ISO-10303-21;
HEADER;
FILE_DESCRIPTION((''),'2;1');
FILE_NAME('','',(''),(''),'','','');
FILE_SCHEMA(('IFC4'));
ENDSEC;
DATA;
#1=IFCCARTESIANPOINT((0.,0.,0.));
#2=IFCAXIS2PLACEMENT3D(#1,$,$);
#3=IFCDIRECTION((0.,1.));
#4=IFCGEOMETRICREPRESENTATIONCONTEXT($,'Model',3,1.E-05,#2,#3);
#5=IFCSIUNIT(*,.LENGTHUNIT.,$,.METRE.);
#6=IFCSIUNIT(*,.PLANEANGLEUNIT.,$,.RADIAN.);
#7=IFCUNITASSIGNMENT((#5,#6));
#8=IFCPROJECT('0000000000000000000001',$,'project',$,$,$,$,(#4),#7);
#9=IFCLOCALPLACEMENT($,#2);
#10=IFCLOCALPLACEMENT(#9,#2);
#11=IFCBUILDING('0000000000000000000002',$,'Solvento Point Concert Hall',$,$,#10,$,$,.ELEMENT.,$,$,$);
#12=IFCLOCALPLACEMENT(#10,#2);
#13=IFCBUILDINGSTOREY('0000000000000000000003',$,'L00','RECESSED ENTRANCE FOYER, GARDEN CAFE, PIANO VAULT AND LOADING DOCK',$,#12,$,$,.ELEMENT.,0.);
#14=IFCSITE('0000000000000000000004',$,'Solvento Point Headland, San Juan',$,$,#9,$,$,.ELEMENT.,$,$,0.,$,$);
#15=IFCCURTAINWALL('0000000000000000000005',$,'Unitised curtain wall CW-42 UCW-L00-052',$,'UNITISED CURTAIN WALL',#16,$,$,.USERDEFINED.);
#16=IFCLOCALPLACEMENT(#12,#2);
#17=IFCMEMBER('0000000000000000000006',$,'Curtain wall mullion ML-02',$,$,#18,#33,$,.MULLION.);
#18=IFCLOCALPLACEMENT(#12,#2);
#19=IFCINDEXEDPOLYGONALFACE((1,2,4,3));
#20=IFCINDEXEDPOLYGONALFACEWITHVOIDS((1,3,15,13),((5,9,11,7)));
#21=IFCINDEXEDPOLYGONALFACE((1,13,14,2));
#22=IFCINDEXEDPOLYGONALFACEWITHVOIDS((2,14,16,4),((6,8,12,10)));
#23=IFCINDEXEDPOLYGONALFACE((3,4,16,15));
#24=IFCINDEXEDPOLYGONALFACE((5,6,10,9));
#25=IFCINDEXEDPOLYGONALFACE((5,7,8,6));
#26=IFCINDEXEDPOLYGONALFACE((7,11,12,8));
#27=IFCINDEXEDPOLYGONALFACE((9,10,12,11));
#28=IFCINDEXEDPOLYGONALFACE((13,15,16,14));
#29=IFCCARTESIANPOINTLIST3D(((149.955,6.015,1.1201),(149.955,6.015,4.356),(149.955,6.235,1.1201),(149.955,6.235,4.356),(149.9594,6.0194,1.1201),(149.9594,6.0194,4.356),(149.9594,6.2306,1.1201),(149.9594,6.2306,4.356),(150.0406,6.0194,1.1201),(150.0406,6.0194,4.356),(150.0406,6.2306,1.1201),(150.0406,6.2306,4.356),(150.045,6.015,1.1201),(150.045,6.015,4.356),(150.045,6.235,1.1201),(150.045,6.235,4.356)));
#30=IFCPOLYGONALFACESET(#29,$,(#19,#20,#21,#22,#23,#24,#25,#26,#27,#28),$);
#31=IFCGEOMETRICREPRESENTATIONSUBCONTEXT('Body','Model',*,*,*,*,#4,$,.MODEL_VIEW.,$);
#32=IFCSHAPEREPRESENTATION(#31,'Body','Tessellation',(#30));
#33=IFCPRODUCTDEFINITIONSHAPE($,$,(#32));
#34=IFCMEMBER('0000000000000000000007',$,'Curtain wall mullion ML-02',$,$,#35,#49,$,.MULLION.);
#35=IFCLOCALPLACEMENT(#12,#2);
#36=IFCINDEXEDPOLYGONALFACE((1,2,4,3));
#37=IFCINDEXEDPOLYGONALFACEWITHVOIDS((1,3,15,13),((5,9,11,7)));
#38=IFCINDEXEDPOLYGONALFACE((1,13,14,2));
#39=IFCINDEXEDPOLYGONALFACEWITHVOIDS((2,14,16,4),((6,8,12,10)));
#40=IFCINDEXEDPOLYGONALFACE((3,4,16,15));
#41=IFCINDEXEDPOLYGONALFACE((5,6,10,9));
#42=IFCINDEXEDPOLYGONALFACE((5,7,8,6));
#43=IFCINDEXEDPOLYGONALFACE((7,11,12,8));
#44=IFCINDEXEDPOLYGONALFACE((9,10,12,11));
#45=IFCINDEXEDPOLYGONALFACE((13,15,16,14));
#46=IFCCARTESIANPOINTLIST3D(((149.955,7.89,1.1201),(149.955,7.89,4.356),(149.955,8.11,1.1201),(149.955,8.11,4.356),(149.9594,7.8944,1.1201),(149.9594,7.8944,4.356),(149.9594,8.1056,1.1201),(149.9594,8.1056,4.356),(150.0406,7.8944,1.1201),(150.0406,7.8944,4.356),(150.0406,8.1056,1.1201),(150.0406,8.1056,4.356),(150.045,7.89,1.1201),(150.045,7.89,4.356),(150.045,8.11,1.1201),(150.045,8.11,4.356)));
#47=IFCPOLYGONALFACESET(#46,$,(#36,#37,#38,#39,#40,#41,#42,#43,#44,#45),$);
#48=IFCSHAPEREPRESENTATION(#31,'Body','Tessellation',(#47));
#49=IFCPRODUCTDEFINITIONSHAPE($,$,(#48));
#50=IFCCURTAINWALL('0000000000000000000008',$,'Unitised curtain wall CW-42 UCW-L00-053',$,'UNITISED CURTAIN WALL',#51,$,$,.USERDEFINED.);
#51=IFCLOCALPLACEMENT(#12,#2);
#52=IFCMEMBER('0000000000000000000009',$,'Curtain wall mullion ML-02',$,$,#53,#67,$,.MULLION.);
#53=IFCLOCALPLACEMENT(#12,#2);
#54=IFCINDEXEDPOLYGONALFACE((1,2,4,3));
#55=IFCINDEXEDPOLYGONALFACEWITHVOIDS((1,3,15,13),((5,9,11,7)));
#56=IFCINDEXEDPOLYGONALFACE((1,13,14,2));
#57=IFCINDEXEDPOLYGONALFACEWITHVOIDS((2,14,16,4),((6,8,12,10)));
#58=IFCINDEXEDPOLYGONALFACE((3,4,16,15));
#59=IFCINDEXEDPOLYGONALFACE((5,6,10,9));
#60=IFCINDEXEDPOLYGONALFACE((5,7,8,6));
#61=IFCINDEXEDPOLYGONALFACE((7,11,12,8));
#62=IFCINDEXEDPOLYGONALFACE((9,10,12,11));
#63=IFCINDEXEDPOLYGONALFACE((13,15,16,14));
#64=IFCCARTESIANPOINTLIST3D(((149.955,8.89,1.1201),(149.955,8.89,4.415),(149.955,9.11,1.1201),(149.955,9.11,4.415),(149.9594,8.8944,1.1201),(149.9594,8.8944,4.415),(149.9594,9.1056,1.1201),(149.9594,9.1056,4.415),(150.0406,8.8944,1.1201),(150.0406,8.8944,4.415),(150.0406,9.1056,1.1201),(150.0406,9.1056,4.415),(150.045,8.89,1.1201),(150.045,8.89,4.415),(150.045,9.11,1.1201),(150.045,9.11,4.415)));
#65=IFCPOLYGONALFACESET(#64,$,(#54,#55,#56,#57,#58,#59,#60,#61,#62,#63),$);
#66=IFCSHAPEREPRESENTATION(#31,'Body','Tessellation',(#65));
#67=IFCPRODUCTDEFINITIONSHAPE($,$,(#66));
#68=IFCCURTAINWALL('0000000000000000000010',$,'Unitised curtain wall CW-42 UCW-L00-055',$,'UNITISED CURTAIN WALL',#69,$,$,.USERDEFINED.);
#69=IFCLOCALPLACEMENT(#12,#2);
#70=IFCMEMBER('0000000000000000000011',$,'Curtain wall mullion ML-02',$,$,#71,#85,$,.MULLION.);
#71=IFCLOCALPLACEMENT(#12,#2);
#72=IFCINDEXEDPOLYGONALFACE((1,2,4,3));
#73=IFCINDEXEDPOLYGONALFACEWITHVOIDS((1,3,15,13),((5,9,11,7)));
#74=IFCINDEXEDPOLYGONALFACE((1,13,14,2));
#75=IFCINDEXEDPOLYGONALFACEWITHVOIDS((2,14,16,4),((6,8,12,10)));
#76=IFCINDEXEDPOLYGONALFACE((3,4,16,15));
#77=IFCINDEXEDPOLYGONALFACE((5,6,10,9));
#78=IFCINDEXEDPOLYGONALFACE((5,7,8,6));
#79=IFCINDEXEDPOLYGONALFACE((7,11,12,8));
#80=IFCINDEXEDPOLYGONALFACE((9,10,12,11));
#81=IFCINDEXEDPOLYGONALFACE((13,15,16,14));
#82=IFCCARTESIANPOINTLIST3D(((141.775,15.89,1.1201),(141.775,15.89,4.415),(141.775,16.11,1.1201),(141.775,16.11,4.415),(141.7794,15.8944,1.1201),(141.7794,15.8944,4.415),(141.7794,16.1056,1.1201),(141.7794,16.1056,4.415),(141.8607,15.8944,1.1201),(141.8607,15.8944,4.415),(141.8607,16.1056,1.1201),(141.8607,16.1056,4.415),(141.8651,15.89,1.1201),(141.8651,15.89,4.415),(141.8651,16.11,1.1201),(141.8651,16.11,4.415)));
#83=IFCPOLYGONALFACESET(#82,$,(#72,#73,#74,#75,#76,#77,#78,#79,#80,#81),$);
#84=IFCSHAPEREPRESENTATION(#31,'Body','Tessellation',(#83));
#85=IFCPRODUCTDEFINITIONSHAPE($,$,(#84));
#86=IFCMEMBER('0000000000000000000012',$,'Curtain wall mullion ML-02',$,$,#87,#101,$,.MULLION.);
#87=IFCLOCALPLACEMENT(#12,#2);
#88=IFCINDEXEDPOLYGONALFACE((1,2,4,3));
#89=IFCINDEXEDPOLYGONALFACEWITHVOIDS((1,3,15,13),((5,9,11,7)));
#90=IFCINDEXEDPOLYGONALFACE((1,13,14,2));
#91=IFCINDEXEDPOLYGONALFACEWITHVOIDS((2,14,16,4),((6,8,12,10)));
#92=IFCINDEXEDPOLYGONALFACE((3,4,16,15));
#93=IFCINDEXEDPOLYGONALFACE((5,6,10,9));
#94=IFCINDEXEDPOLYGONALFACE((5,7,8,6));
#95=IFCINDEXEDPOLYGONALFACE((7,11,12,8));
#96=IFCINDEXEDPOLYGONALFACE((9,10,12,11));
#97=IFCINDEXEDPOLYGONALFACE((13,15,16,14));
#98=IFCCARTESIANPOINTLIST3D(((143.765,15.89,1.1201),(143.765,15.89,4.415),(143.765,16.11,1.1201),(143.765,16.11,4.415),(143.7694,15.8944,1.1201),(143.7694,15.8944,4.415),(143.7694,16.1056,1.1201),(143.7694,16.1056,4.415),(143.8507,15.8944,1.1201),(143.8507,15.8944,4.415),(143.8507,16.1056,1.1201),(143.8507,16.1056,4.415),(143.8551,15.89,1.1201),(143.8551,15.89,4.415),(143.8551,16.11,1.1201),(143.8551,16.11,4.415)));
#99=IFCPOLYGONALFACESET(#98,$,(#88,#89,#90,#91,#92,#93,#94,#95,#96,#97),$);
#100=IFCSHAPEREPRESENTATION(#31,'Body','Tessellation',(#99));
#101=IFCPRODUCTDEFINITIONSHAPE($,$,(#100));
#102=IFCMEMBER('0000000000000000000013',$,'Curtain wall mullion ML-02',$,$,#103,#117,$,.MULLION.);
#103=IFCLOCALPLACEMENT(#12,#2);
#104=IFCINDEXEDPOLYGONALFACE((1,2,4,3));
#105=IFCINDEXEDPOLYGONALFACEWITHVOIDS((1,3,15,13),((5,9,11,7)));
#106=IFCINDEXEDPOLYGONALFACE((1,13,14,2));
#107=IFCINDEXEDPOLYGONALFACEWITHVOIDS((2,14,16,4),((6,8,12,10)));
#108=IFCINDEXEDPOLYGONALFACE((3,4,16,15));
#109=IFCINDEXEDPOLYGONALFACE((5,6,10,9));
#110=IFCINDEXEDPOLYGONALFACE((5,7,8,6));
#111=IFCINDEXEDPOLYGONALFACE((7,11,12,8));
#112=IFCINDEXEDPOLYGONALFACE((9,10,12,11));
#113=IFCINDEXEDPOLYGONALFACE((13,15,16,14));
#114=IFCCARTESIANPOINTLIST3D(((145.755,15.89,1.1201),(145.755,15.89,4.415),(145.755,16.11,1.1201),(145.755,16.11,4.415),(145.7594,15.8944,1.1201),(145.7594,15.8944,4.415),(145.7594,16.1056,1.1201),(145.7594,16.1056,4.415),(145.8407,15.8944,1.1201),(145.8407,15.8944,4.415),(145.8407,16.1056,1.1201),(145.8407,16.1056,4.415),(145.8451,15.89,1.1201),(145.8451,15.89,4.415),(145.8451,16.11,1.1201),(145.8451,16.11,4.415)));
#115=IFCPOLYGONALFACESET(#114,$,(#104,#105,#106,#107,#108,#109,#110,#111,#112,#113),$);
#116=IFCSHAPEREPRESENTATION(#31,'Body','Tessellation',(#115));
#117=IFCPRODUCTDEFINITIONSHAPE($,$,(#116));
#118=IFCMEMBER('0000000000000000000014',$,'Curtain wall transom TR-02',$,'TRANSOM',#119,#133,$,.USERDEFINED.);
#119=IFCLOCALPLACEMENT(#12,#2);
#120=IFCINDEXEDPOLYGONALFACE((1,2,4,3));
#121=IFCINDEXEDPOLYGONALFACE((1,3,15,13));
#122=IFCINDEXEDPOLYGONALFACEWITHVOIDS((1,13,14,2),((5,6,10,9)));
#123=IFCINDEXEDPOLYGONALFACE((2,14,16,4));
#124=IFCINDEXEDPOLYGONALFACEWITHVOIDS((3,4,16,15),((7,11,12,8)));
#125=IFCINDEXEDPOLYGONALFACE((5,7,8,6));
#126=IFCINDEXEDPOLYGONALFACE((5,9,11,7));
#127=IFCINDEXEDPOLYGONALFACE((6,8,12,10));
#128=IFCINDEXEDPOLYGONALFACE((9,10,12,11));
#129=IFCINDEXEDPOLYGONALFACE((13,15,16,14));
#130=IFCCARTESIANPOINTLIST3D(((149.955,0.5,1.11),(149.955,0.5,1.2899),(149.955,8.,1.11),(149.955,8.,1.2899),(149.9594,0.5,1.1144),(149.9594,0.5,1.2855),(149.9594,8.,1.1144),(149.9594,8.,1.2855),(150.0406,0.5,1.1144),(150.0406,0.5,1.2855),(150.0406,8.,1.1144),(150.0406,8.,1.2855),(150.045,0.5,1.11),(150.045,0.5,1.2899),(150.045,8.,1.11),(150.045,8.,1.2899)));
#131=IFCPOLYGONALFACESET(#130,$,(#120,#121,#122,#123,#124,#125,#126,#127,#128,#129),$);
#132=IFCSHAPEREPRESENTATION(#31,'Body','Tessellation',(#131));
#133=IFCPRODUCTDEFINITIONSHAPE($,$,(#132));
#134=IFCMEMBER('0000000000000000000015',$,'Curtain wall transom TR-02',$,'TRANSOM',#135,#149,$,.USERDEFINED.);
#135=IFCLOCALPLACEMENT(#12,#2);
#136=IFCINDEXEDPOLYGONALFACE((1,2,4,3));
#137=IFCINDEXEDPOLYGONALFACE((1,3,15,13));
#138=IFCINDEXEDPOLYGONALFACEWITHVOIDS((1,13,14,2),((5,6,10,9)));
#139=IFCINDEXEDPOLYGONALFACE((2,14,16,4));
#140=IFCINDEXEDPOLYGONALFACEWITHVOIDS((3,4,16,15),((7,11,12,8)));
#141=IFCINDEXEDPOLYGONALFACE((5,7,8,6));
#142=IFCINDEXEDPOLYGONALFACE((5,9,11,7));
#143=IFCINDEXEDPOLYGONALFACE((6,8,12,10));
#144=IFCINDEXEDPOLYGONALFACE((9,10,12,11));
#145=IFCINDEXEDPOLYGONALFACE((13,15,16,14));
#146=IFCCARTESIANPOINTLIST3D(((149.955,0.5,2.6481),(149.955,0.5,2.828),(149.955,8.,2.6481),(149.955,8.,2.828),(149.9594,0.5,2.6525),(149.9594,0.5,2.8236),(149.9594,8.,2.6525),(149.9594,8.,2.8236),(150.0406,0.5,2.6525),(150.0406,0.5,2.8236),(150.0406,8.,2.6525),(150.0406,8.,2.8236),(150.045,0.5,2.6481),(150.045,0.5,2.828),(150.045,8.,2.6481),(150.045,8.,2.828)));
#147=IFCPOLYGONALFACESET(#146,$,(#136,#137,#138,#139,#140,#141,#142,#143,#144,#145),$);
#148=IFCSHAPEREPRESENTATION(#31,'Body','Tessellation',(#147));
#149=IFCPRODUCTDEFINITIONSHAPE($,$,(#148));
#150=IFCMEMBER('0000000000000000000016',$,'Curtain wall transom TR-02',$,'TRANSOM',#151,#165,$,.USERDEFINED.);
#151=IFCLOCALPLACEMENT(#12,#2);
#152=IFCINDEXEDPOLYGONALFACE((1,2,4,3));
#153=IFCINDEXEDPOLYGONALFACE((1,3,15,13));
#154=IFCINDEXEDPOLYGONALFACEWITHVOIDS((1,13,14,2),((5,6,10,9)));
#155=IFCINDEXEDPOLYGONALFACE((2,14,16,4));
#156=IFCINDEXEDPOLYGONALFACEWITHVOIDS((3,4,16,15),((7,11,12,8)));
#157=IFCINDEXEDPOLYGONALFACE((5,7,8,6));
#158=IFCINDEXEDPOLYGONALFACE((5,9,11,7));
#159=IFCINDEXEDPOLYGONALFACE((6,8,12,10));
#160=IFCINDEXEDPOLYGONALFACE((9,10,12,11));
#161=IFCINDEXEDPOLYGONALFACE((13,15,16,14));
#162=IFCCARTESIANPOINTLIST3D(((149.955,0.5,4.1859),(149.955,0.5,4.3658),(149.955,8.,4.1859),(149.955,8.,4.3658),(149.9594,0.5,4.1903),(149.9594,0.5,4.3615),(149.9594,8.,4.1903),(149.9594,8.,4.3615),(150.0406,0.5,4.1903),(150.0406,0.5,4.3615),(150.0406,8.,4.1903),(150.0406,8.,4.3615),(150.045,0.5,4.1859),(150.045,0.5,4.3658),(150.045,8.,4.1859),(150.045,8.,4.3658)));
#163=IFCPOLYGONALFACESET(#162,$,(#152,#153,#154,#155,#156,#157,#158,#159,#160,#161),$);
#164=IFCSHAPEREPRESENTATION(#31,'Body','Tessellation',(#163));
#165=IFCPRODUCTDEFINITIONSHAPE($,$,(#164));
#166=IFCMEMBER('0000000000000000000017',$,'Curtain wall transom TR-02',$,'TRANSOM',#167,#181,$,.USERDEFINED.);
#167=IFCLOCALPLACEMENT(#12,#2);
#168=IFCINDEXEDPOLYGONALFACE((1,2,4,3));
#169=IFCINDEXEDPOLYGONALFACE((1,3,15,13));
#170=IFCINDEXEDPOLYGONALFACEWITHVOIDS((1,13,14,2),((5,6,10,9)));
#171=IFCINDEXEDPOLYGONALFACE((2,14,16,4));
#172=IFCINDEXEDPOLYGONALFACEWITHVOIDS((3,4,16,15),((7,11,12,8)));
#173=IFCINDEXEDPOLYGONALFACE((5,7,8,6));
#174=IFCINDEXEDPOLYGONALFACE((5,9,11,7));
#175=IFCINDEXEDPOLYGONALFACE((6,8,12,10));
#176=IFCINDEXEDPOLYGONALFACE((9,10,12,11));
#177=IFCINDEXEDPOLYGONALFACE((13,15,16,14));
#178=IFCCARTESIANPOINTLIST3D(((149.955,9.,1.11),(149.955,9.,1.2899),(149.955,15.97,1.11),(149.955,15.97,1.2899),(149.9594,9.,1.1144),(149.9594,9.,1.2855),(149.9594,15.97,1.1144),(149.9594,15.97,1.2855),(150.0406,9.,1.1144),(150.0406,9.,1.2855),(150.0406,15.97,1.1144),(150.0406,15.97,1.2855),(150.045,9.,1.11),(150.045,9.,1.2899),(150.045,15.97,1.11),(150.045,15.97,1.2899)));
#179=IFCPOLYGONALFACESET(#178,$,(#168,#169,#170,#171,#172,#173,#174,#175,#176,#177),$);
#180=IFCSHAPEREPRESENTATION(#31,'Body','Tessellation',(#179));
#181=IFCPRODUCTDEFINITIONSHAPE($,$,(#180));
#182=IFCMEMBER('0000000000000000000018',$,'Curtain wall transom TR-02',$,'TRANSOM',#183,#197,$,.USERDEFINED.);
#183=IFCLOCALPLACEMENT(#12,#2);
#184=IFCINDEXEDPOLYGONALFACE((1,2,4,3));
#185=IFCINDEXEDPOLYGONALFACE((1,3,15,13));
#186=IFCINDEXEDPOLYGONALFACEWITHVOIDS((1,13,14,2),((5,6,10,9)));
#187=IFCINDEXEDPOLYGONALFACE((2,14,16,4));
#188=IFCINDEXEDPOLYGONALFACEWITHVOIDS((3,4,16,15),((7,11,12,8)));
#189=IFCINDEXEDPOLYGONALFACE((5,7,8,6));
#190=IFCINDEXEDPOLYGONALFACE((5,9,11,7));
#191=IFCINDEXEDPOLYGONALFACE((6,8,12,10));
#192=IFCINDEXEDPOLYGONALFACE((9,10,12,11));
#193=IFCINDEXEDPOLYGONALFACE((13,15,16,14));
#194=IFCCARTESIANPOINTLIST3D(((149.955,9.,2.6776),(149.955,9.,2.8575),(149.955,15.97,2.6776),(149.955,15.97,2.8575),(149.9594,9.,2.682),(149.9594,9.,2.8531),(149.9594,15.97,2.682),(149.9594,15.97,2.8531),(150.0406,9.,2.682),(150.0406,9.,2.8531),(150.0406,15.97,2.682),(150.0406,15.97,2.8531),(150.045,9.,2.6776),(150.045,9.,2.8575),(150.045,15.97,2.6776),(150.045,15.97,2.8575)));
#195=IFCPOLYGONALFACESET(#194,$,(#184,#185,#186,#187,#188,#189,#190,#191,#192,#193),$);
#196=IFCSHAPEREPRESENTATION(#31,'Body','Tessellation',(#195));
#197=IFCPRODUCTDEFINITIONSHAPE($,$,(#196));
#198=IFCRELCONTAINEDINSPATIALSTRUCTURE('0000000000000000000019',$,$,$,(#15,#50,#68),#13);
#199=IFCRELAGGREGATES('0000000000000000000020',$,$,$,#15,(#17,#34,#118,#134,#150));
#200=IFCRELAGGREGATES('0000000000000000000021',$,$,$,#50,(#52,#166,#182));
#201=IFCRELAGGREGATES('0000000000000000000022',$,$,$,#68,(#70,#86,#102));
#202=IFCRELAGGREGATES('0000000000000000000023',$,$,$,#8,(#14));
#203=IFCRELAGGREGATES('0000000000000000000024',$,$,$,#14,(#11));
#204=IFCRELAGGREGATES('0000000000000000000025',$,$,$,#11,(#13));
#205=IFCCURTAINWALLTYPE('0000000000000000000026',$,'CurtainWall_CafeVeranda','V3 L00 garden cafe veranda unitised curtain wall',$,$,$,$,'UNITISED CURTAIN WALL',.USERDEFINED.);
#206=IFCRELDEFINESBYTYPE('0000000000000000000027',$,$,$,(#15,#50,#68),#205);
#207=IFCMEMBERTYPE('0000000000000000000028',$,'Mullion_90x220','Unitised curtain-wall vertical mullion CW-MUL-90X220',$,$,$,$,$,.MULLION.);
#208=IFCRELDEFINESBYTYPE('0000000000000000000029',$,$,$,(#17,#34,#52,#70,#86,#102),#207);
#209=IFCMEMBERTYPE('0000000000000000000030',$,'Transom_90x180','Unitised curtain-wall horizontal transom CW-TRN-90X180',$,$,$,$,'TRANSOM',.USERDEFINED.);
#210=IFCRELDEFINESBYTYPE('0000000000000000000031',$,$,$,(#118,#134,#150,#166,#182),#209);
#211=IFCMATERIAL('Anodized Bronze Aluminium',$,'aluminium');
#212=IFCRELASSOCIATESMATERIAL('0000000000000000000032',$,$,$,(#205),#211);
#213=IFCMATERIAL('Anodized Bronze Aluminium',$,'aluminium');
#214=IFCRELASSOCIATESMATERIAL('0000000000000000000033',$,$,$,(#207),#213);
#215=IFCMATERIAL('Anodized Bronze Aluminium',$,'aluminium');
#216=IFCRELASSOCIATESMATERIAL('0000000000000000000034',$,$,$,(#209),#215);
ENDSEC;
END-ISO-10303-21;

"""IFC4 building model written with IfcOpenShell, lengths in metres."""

from ifc_helpers import new_model, si_unit, direction, frame, origin, origin_2d, place, context, subcontext, project, spatial, hollow_rectangle, extrude, material, material_profile, profile_set, type_object, element, aggregate, save


model = new_model("IFC4")

# Units and contexts
model_context = context("Model", 3, precision=1e-05, world=origin(), true_north=direction((0.0, 1.0)))
body_context = subcontext(model_context, "Body", "Model", "MODEL_VIEW")
ifc_project = project(units=[si_unit("LENGTHUNIT", "METRE"), si_unit("PLANEANGLEUNIT", "RADIAN")], contexts=[model_context])

# Site, building, storey
site_placement = place(None, origin())
site = spatial("IfcSite", under=ifc_project, at=site_placement, Name="Solvento Point Headland, San Juan", CompositionType="ELEMENT", RefElevation=0.0)
building_placement = place(site_placement, origin())
building = spatial("IfcBuilding", under=site, at=building_placement, Name="Solvento Point Concert Hall", CompositionType="ELEMENT")
storey_placement = place(building_placement, origin())
storey = spatial("IfcBuildingStorey", under=building, at=storey_placement, Name="L00", Description="RECESSED ENTRANCE FOYER, GARDEN CAFE, PIANO VAULT AND LOADING DOCK", CompositionType="ELEMENT", Elevation=0.0)

# Curtain wall, members
ifc_material_1 = material(Name="Anodized Bronze Aluminium", Category="aluminium")
curtain_wall_type = type_object("IfcCurtainWallType", Name="CurtainWall_CafeVeranda", Description="V3 L00 garden cafe veranda unitised curtain wall", ElementType="UNITISED CURTAIN WALL", PredefinedType="USERDEFINED", material=ifc_material_1)
curtain_wall_1_placement = place(storey_placement, origin())
curtain_wall_1 = element("IfcCurtainWall", 1, at=curtain_wall_1_placement, inside=storey, type_object=curtain_wall_type, Name="Unitised curtain wall CW-42 UCW-L00-052", ObjectType="UNITISED CURTAIN WALL", PredefinedType="USERDEFINED")
ifc_material_2 = material(Name="Anodized Bronze Aluminium", Category="aluminium")
ifc_material_profile_1 = material_profile(ifc_material_2, hollow_rectangle(XDim=0.0901, YDim=0.22, WallThickness=0.0044, at=origin_2d()), Name="CW-MUL-90X220")
ifc_profile_set_1 = profile_set([ifc_material_profile_1], Name="Anodized Bronze Aluminium")
member_type_1 = type_object("IfcMemberType", Name="Mullion_90x220", Description="Unitised curtain-wall vertical mullion CW-MUL-90X220", PredefinedType="MULLION", material=ifc_profile_set_1)
member_1_placement = place(storey_placement, frame((150.0, 6.125, 1.1201), z_axis=(0.0, 0.0, 1.0), x_axis=(1.0, 0.0, 0.0)))
member_1 = element("IfcMember", 2, at=member_1_placement, type_object=member_type_1, Name="Curtain wall mullion ML-02", PredefinedType="MULLION", context=body_context, shape_type="SweptSolid", body=[
    extrude(hollow_rectangle(XDim=0.0901, YDim=0.22, WallThickness=0.0044, at=origin_2d()), origin(), (0.0, 0.0, 1.0), 3.2358),
])
member_2_placement = place(storey_placement, frame((150.0, 8.0, 1.1201), z_axis=(0.0, 0.0, 1.0), x_axis=(1.0, 0.0, 0.0)))
member_2 = element("IfcMember", 3, at=member_2_placement, type_object=member_type_1, Name="Curtain wall mullion ML-02", PredefinedType="MULLION", context=body_context, shape_type="SweptSolid", body=[
    extrude(hollow_rectangle(XDim=0.0901, YDim=0.22, WallThickness=0.0044, at=origin_2d()), origin(), (0.0, 0.0, 1.0), 3.2358),
])

# Curtain wall, member
curtain_wall_2_placement = place(storey_placement, origin())
curtain_wall_2 = element("IfcCurtainWall", 4, at=curtain_wall_2_placement, inside=storey, type_object=curtain_wall_type, Name="Unitised curtain wall CW-42 UCW-L00-053", ObjectType="UNITISED CURTAIN WALL", PredefinedType="USERDEFINED")
member_3_placement = place(storey_placement, frame((150.0, 9.0, 1.1201), z_axis=(0.0, 0.0, 1.0), x_axis=(1.0, 0.0, 0.0)))
member_3 = element("IfcMember", 5, at=member_3_placement, type_object=member_type_1, Name="Curtain wall mullion ML-02", PredefinedType="MULLION", context=body_context, shape_type="SweptSolid", body=[
    extrude(hollow_rectangle(XDim=0.0901, YDim=0.22, WallThickness=0.0044, at=origin_2d()), origin(), (0.0, 0.0, 1.0), 3.2949),
])

# Curtain wall, members
curtain_wall_3_placement = place(storey_placement, origin())
curtain_wall_3 = element("IfcCurtainWall", 6, at=curtain_wall_3_placement, inside=storey, type_object=curtain_wall_type, Name="Unitised curtain wall CW-42 UCW-L00-055", ObjectType="UNITISED CURTAIN WALL", PredefinedType="USERDEFINED")
member_4_placement = place(storey_placement, frame((141.8201, 16.0, 1.1201), z_axis=(0.0, 0.0, 1.0), x_axis=(1.0, 0.0, 0.0)))
member_4 = element("IfcMember", 7, at=member_4_placement, type_object=member_type_1, Name="Curtain wall mullion ML-02", PredefinedType="MULLION", context=body_context, shape_type="SweptSolid", body=[
    extrude(hollow_rectangle(XDim=0.0901, YDim=0.22, WallThickness=0.0044, at=origin_2d()), origin(), (0.0, 0.0, 1.0), 3.2949),
])
member_5_placement = place(storey_placement, frame((143.8101, 16.0, 1.1201), z_axis=(0.0, 0.0, 1.0), x_axis=(1.0, 0.0, 0.0)))
member_5 = element("IfcMember", 8, at=member_5_placement, type_object=member_type_1, Name="Curtain wall mullion ML-02", PredefinedType="MULLION", context=body_context, shape_type="SweptSolid", body=[
    extrude(hollow_rectangle(XDim=0.0901, YDim=0.22, WallThickness=0.0044, at=origin_2d()), origin(), (0.0, 0.0, 1.0), 3.2949),
])
member_6_placement = place(storey_placement, frame((145.8, 16.0, 1.1201), z_axis=(0.0, 0.0, 1.0), x_axis=(1.0, 0.0, 0.0)))
member_6 = element("IfcMember", 9, at=member_6_placement, type_object=member_type_1, Name="Curtain wall mullion ML-02", PredefinedType="MULLION", context=body_context, shape_type="SweptSolid", body=[
    extrude(hollow_rectangle(XDim=0.0901, YDim=0.22, WallThickness=0.0044, at=origin_2d()), origin(), (0.0, 0.0, 1.0), 3.2949),
])

# Members
ifc_material_3 = material(Name="Anodized Bronze Aluminium", Category="aluminium")
ifc_material_profile_2 = material_profile(ifc_material_3, hollow_rectangle(XDim=0.0901, YDim=0.1799, WallThickness=0.0044, at=origin_2d()), Name="CW-TRN-90X180")
ifc_profile_set_2 = profile_set([ifc_material_profile_2], Name="Anodized Bronze Aluminium")
member_type_2 = type_object("IfcMemberType", Name="Transom_90x180", Description="Unitised curtain-wall horizontal transom CW-TRN-90X180", ElementType="TRANSOM", PredefinedType="USERDEFINED", material=ifc_profile_set_2)
member_7_placement = place(storey_placement, frame((150.0, 0.5, 1.2), z_axis=(0.0, 1.0, 0.0), x_axis=(-1.0, 0.0, 0.0)))
member_7 = element("IfcMember", 10, at=member_7_placement, type_object=member_type_2, Name="Curtain wall transom TR-02", ObjectType="TRANSOM", PredefinedType="USERDEFINED", context=body_context, shape_type="SweptSolid", body=[
    extrude(hollow_rectangle(XDim=0.0901, YDim=0.1799, WallThickness=0.0044, at=origin_2d()), origin(), (0.0, 0.0, 1.0), 7.5),
])
member_8_placement = place(storey_placement, frame((150.0, 0.5, 2.738), z_axis=(0.0, 1.0, 0.0), x_axis=(-1.0, 0.0, 0.0)))
member_8 = element("IfcMember", 11, at=member_8_placement, type_object=member_type_2, Name="Curtain wall transom TR-02", ObjectType="TRANSOM", PredefinedType="USERDEFINED", context=body_context, shape_type="SweptSolid", body=[
    extrude(hollow_rectangle(XDim=0.0901, YDim=0.1799, WallThickness=0.0044, at=origin_2d()), origin(), (0.0, 0.0, 1.0), 7.5),
])
member_9_placement = place(storey_placement, frame((150.0, 0.5, 4.2759), z_axis=(0.0, 1.0, 0.0), x_axis=(-1.0, 0.0, 0.0)))
member_9 = element("IfcMember", 12, at=member_9_placement, type_object=member_type_2, Name="Curtain wall transom TR-02", ObjectType="TRANSOM", PredefinedType="USERDEFINED", context=body_context, shape_type="SweptSolid", body=[
    extrude(hollow_rectangle(XDim=0.0901, YDim=0.1799, WallThickness=0.0044, at=origin_2d()), origin(), (0.0, 0.0, 1.0), 7.5),
])
member_10_placement = place(storey_placement, frame((150.0, 9.0, 1.2), z_axis=(0.0, 1.0, 0.0), x_axis=(-1.0, 0.0, 0.0)))
member_10 = element("IfcMember", 13, at=member_10_placement, type_object=member_type_2, Name="Curtain wall transom TR-02", ObjectType="TRANSOM", PredefinedType="USERDEFINED", context=body_context, shape_type="SweptSolid", body=[
    extrude(hollow_rectangle(XDim=0.0901, YDim=0.1799, WallThickness=0.0044, at=origin_2d()), origin(), (0.0, 0.0, 1.0), 6.97),
])
member_11_placement = place(storey_placement, frame((150.0, 9.0, 2.7676), z_axis=(0.0, 1.0, 0.0), x_axis=(-1.0, 0.0, 0.0)))
member_11 = element("IfcMember", 14, at=member_11_placement, type_object=member_type_2, Name="Curtain wall transom TR-02", ObjectType="TRANSOM", PredefinedType="USERDEFINED", context=body_context, shape_type="SweptSolid", body=[
    extrude(hollow_rectangle(XDim=0.0901, YDim=0.1799, WallThickness=0.0044, at=origin_2d()), origin(), (0.0, 0.0, 1.0), 6.97),
])

aggregate(curtain_wall_1, [member_1, member_2, member_7, member_8, member_9])
aggregate(curtain_wall_2, [member_3, member_10, member_11])
aggregate(curtain_wall_3, [member_4, member_5, member_6])

save(model, "model.ifc")
